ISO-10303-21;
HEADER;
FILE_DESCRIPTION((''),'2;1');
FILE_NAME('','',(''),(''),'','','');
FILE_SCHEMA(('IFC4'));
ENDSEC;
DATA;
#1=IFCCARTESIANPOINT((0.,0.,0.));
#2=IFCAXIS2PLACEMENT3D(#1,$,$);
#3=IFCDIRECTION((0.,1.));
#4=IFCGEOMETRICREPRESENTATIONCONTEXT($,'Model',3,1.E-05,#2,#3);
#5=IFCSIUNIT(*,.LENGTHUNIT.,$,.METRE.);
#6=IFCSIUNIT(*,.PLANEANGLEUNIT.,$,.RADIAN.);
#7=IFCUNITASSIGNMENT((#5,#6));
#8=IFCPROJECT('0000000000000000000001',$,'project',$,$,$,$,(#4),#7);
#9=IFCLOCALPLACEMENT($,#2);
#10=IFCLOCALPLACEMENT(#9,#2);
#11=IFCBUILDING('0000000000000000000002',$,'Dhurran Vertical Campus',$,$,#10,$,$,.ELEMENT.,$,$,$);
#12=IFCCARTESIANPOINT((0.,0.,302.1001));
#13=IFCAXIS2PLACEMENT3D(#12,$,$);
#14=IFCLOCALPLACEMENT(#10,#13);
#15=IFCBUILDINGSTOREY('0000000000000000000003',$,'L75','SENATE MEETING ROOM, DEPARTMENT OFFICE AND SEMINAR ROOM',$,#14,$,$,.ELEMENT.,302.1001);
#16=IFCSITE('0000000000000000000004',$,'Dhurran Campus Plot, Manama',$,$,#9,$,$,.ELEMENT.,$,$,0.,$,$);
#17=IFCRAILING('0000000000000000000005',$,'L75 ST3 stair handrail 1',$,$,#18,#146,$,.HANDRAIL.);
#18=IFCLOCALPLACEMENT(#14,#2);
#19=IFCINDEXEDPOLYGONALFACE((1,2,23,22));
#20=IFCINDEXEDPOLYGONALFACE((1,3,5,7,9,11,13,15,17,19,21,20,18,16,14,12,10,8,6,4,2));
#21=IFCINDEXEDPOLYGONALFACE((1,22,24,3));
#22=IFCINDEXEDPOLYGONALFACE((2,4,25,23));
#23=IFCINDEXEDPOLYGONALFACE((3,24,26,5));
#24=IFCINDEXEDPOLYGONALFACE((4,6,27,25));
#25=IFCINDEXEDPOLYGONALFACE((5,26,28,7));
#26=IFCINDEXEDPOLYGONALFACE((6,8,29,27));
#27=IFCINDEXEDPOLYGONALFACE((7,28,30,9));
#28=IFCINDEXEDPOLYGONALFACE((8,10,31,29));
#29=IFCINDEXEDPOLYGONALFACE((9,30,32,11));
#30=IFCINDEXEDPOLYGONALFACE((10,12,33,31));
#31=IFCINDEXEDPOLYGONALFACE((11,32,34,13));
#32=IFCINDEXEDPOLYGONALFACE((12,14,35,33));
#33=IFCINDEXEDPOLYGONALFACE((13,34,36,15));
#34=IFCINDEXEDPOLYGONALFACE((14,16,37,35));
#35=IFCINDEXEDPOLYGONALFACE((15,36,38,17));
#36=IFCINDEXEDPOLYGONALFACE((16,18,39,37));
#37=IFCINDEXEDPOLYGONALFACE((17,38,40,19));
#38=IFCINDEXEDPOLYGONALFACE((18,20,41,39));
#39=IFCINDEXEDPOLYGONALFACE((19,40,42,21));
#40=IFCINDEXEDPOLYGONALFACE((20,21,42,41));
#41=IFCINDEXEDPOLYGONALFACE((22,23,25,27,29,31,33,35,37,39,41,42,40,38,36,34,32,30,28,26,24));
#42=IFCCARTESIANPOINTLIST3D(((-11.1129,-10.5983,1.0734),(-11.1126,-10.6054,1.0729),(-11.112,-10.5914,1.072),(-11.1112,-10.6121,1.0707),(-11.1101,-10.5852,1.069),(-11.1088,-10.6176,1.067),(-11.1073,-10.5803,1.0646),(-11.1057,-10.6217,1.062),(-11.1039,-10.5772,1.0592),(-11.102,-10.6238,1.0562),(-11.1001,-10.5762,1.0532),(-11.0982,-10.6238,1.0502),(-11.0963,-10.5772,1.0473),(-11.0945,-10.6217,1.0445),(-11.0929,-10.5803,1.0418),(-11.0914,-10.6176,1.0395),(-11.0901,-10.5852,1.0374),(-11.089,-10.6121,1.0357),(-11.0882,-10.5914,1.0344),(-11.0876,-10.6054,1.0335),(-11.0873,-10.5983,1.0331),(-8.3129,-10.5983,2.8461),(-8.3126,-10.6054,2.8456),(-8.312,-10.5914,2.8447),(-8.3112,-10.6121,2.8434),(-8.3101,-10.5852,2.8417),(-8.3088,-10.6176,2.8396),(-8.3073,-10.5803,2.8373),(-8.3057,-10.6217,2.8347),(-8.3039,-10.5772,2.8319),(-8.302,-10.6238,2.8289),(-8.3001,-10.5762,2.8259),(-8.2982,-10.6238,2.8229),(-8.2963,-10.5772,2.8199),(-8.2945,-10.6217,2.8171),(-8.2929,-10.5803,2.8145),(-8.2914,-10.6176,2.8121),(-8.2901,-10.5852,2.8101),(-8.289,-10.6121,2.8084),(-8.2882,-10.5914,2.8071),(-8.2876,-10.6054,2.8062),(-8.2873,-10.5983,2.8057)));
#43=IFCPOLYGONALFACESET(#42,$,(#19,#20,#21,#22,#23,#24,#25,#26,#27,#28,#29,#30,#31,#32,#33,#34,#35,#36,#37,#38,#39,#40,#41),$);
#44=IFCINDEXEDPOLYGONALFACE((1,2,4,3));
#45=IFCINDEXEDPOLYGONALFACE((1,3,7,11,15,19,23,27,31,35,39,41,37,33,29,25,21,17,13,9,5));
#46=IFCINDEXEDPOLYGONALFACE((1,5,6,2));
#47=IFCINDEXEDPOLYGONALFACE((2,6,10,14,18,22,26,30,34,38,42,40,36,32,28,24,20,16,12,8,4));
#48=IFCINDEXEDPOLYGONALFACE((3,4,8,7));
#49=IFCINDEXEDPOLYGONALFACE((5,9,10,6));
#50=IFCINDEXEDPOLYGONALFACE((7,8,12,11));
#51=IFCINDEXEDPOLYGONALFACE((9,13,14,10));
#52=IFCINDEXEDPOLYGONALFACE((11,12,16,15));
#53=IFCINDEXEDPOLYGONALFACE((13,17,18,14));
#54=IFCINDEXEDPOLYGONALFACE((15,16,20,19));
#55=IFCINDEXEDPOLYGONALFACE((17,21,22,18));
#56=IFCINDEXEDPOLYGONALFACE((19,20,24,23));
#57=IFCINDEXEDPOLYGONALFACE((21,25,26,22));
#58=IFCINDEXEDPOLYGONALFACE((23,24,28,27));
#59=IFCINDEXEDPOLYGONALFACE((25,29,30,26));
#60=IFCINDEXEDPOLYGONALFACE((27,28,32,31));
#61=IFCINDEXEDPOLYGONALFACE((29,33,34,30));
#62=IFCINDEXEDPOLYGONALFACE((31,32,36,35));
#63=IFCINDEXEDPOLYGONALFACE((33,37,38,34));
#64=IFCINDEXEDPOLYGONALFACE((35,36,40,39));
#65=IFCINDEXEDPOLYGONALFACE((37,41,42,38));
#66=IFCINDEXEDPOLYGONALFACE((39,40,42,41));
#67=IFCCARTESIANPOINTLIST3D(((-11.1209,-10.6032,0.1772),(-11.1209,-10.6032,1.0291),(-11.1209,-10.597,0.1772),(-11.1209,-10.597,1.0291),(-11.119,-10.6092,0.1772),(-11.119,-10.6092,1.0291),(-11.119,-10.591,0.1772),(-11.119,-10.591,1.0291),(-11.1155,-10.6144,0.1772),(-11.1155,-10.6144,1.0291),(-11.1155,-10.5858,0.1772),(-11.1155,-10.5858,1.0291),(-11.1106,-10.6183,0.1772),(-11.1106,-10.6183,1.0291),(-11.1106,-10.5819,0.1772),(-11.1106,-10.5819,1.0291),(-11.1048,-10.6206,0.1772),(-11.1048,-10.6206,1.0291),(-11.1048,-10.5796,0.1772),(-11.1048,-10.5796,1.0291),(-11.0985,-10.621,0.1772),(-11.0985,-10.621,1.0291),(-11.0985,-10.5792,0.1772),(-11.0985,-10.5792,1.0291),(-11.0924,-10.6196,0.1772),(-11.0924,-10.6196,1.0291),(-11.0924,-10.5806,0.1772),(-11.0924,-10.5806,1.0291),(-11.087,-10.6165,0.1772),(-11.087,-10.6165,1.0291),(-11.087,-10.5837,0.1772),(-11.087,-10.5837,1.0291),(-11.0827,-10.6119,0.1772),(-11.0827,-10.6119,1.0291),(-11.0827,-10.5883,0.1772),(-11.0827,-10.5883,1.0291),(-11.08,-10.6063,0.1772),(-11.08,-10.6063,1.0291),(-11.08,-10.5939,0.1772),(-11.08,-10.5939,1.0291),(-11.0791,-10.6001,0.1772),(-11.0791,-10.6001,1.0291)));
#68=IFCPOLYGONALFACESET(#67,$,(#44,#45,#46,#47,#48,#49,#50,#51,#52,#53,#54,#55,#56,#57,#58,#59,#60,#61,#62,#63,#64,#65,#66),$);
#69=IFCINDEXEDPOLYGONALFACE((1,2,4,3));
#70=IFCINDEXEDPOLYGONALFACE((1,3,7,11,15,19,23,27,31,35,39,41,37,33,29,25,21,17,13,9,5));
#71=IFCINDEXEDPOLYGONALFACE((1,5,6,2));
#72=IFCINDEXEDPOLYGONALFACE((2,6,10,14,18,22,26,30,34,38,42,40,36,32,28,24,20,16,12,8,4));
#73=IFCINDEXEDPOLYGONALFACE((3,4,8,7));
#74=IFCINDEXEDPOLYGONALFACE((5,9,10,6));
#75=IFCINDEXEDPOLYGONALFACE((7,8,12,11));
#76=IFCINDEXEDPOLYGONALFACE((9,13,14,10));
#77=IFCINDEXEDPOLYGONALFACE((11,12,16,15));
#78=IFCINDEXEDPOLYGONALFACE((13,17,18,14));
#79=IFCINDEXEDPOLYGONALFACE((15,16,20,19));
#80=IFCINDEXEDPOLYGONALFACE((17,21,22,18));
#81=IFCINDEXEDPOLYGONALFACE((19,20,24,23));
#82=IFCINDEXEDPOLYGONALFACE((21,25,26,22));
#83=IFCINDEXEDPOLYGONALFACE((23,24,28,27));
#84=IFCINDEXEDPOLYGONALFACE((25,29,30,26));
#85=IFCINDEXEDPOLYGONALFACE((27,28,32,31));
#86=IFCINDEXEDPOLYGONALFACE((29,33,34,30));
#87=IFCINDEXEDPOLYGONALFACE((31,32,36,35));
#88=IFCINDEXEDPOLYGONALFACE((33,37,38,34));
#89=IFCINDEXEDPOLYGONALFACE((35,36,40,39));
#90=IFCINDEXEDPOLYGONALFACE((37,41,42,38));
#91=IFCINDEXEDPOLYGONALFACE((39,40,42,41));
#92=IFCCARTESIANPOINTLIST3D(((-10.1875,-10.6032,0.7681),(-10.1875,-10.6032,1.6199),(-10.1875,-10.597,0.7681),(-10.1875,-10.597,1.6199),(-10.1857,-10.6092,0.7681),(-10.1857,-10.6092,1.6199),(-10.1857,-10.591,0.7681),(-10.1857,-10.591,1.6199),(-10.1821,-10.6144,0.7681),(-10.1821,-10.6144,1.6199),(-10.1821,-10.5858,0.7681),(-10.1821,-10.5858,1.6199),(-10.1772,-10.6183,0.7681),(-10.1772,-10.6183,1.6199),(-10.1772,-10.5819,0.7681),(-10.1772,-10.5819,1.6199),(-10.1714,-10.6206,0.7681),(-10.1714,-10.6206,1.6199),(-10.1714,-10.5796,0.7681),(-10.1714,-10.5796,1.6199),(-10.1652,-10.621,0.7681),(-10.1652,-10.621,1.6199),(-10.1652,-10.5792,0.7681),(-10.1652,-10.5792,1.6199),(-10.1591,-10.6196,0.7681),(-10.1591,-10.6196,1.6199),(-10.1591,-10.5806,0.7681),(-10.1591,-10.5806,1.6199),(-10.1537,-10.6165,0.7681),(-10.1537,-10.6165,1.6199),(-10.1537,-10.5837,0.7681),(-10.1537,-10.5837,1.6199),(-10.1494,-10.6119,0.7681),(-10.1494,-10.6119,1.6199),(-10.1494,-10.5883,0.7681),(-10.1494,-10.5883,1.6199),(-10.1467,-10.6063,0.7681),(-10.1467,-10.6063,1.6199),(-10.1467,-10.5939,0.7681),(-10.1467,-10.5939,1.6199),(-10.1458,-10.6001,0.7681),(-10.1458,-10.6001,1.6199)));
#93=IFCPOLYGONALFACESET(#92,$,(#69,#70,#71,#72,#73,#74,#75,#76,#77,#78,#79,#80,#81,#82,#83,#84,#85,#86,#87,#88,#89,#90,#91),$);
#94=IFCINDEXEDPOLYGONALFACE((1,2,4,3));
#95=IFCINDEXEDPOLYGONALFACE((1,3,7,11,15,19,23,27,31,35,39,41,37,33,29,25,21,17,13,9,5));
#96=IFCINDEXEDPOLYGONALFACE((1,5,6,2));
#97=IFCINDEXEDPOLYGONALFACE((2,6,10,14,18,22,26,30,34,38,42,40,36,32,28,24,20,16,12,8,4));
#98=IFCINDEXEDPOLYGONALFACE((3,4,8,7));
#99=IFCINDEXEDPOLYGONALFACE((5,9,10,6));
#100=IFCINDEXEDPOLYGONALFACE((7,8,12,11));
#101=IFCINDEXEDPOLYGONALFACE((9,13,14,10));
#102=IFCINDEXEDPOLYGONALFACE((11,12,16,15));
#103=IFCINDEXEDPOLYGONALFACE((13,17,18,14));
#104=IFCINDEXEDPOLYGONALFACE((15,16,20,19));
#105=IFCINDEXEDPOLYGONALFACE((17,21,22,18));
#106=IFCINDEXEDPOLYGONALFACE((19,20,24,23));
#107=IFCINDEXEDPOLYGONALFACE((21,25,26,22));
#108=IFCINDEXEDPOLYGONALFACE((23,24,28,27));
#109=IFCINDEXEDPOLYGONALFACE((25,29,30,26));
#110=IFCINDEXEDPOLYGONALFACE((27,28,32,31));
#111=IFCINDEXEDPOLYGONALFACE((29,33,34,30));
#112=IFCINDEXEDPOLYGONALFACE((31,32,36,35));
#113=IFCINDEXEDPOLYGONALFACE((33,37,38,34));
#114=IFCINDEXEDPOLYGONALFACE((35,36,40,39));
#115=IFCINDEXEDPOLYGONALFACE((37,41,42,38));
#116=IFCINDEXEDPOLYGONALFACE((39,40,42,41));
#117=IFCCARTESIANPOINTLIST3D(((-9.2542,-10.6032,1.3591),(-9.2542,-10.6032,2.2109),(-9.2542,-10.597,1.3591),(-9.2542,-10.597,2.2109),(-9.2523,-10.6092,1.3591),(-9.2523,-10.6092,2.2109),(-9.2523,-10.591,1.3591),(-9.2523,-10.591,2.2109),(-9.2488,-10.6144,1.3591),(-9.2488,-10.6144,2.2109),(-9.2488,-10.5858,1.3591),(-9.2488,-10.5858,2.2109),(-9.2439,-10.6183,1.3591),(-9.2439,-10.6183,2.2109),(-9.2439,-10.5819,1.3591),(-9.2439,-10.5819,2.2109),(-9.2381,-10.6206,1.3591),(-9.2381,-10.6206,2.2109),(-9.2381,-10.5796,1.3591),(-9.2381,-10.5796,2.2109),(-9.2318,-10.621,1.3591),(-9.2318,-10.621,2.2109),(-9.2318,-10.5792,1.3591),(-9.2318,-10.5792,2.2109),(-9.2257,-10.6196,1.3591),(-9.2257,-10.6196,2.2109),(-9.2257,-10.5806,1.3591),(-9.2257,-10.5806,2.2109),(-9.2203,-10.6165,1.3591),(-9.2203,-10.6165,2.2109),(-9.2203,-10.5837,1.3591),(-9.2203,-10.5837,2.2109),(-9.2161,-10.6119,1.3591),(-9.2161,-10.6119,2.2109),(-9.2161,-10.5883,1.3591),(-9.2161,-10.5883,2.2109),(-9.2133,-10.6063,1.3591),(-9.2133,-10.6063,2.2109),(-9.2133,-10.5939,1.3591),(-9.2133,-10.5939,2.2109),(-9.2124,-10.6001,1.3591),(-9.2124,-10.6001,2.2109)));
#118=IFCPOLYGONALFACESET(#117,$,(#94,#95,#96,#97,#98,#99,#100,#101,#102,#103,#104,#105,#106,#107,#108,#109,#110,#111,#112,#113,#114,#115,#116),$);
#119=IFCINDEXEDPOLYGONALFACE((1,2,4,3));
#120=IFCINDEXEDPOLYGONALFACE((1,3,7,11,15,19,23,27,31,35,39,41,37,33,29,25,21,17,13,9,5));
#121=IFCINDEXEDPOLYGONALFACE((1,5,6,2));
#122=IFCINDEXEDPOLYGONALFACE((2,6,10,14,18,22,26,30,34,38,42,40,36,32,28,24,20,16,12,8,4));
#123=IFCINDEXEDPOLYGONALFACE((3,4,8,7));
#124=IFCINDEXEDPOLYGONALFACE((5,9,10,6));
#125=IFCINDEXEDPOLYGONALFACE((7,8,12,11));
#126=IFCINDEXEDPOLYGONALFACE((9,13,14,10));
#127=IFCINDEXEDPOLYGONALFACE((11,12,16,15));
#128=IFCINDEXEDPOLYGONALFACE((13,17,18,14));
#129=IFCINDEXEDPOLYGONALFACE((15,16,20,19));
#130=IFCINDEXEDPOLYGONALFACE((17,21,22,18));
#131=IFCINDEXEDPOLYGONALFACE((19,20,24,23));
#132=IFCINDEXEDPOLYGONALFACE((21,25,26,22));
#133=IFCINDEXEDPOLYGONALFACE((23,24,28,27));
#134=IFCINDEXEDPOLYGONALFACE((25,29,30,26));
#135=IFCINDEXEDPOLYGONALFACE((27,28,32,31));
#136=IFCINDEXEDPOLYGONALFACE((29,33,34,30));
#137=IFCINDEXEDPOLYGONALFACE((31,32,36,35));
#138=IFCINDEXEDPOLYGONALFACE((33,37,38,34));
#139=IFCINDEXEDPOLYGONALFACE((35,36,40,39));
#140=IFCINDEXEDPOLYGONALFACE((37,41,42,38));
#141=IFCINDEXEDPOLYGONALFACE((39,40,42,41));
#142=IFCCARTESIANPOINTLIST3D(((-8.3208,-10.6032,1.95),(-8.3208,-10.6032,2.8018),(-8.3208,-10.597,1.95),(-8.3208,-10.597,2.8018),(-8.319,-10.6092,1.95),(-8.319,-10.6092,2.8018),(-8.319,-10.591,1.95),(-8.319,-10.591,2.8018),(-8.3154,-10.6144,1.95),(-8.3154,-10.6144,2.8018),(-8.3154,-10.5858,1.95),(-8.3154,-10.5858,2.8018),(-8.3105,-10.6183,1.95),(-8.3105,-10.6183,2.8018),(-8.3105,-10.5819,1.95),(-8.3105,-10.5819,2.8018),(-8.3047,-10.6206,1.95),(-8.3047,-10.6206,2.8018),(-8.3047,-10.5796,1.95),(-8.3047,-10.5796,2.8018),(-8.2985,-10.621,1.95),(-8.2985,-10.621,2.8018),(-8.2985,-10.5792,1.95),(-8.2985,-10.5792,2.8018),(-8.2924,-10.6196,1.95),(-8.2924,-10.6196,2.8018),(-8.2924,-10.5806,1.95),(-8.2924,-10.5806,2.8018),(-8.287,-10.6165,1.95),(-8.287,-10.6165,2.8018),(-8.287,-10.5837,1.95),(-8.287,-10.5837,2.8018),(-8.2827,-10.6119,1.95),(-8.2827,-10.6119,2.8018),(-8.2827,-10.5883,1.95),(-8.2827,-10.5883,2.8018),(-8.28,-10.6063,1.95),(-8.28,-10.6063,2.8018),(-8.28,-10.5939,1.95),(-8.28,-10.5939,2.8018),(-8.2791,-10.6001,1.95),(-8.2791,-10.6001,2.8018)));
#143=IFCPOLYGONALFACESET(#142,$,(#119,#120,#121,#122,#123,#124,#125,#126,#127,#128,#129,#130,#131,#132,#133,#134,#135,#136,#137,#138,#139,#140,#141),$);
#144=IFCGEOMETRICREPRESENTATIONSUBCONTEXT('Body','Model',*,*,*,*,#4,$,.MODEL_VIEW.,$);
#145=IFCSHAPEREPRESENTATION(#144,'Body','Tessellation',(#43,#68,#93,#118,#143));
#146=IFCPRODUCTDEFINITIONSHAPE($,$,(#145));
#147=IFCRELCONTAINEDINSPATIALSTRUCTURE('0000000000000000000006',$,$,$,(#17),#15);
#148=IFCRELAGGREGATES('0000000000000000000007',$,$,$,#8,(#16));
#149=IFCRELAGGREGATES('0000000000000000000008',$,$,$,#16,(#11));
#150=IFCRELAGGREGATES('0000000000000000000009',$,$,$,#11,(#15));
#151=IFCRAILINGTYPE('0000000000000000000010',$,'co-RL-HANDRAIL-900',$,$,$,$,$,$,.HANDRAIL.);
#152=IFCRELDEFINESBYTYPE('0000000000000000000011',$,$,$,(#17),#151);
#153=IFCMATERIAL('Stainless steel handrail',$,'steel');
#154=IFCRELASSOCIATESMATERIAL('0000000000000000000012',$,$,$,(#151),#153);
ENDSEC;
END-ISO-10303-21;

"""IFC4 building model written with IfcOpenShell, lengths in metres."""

from ifc_helpers import new_model, si_unit, direction, frame, origin, origin_2d, place, context, subcontext, project, spatial, circle, extrude, material, type_object, element, save


model = new_model("IFC4")

# Units and contexts
model_context = context("Model", 3, precision=1e-05, world=origin(), true_north=direction((0.0, 1.0)))
body_context = subcontext(model_context, "Body", "Model", "MODEL_VIEW")
ifc_project = project(units=[si_unit("LENGTHUNIT", "METRE"), si_unit("PLANEANGLEUNIT", "RADIAN")], contexts=[model_context])

# Site, building, storey
site_placement = place(None, origin())
site = spatial("IfcSite", under=ifc_project, at=site_placement, Name="Dhurran Campus Plot, Manama", CompositionType="ELEMENT", RefElevation=0.0)
building_placement = place(site_placement, origin())
building = spatial("IfcBuilding", under=site, at=building_placement, Name="Dhurran Vertical Campus", CompositionType="ELEMENT")
storey_placement = place(building_placement, frame((0.0, 0.0, 302.1001)))
storey = spatial("IfcBuildingStorey", under=building, at=storey_placement, Name="L75", Description="SENATE MEETING ROOM, DEPARTMENT OFFICE AND SEMINAR ROOM", CompositionType="ELEMENT", Elevation=302.1001)

# Railing
ifc_material_1 = material(Name="Stainless steel handrail", Category="steel")
railing_type = type_object("IfcRailingType", Name="co-RL-HANDRAIL-900", PredefinedType="HANDRAIL", material=ifc_material_1)
railing_placement = place(storey_placement, frame((-11.1001, -10.6001, 0.1772)))
element("IfcRailing", 1, at=railing_placement, inside=storey, type_object=railing_type, Name="L75 ST3 stair handrail 1", PredefinedType="HANDRAIL", context=body_context, shape_type="SweptSolid", body=[
    extrude(circle(Radius=0.0239, at=origin_2d()), frame((0.0, 0.0, 0.876), z_axis=(0.844909, 0.0, 0.53491), x_axis=(0.0, 1.0, 0.0)), (0.0, 0.0, 1.0), 3.314),
    extrude(circle(Radius=0.021, at=origin_2d()), origin(), (0.0, 0.0, 1.0), 0.8518),
    extrude(circle(Radius=0.021, at=origin_2d()), frame((0.9333, 0.0, 0.5908)), (0.0, 0.0, 1.0), 0.8518),
    extrude(circle(Radius=0.021, at=origin_2d()), frame((1.8667, 0.0, 1.1819)), (0.0, 0.0, 1.0), 0.8518),
    extrude(circle(Radius=0.021, at=origin_2d()), frame((2.8, 0.0, 1.7727)), (0.0, 0.0, 1.0), 0.8518),
])

save(model, "model.ifc")
